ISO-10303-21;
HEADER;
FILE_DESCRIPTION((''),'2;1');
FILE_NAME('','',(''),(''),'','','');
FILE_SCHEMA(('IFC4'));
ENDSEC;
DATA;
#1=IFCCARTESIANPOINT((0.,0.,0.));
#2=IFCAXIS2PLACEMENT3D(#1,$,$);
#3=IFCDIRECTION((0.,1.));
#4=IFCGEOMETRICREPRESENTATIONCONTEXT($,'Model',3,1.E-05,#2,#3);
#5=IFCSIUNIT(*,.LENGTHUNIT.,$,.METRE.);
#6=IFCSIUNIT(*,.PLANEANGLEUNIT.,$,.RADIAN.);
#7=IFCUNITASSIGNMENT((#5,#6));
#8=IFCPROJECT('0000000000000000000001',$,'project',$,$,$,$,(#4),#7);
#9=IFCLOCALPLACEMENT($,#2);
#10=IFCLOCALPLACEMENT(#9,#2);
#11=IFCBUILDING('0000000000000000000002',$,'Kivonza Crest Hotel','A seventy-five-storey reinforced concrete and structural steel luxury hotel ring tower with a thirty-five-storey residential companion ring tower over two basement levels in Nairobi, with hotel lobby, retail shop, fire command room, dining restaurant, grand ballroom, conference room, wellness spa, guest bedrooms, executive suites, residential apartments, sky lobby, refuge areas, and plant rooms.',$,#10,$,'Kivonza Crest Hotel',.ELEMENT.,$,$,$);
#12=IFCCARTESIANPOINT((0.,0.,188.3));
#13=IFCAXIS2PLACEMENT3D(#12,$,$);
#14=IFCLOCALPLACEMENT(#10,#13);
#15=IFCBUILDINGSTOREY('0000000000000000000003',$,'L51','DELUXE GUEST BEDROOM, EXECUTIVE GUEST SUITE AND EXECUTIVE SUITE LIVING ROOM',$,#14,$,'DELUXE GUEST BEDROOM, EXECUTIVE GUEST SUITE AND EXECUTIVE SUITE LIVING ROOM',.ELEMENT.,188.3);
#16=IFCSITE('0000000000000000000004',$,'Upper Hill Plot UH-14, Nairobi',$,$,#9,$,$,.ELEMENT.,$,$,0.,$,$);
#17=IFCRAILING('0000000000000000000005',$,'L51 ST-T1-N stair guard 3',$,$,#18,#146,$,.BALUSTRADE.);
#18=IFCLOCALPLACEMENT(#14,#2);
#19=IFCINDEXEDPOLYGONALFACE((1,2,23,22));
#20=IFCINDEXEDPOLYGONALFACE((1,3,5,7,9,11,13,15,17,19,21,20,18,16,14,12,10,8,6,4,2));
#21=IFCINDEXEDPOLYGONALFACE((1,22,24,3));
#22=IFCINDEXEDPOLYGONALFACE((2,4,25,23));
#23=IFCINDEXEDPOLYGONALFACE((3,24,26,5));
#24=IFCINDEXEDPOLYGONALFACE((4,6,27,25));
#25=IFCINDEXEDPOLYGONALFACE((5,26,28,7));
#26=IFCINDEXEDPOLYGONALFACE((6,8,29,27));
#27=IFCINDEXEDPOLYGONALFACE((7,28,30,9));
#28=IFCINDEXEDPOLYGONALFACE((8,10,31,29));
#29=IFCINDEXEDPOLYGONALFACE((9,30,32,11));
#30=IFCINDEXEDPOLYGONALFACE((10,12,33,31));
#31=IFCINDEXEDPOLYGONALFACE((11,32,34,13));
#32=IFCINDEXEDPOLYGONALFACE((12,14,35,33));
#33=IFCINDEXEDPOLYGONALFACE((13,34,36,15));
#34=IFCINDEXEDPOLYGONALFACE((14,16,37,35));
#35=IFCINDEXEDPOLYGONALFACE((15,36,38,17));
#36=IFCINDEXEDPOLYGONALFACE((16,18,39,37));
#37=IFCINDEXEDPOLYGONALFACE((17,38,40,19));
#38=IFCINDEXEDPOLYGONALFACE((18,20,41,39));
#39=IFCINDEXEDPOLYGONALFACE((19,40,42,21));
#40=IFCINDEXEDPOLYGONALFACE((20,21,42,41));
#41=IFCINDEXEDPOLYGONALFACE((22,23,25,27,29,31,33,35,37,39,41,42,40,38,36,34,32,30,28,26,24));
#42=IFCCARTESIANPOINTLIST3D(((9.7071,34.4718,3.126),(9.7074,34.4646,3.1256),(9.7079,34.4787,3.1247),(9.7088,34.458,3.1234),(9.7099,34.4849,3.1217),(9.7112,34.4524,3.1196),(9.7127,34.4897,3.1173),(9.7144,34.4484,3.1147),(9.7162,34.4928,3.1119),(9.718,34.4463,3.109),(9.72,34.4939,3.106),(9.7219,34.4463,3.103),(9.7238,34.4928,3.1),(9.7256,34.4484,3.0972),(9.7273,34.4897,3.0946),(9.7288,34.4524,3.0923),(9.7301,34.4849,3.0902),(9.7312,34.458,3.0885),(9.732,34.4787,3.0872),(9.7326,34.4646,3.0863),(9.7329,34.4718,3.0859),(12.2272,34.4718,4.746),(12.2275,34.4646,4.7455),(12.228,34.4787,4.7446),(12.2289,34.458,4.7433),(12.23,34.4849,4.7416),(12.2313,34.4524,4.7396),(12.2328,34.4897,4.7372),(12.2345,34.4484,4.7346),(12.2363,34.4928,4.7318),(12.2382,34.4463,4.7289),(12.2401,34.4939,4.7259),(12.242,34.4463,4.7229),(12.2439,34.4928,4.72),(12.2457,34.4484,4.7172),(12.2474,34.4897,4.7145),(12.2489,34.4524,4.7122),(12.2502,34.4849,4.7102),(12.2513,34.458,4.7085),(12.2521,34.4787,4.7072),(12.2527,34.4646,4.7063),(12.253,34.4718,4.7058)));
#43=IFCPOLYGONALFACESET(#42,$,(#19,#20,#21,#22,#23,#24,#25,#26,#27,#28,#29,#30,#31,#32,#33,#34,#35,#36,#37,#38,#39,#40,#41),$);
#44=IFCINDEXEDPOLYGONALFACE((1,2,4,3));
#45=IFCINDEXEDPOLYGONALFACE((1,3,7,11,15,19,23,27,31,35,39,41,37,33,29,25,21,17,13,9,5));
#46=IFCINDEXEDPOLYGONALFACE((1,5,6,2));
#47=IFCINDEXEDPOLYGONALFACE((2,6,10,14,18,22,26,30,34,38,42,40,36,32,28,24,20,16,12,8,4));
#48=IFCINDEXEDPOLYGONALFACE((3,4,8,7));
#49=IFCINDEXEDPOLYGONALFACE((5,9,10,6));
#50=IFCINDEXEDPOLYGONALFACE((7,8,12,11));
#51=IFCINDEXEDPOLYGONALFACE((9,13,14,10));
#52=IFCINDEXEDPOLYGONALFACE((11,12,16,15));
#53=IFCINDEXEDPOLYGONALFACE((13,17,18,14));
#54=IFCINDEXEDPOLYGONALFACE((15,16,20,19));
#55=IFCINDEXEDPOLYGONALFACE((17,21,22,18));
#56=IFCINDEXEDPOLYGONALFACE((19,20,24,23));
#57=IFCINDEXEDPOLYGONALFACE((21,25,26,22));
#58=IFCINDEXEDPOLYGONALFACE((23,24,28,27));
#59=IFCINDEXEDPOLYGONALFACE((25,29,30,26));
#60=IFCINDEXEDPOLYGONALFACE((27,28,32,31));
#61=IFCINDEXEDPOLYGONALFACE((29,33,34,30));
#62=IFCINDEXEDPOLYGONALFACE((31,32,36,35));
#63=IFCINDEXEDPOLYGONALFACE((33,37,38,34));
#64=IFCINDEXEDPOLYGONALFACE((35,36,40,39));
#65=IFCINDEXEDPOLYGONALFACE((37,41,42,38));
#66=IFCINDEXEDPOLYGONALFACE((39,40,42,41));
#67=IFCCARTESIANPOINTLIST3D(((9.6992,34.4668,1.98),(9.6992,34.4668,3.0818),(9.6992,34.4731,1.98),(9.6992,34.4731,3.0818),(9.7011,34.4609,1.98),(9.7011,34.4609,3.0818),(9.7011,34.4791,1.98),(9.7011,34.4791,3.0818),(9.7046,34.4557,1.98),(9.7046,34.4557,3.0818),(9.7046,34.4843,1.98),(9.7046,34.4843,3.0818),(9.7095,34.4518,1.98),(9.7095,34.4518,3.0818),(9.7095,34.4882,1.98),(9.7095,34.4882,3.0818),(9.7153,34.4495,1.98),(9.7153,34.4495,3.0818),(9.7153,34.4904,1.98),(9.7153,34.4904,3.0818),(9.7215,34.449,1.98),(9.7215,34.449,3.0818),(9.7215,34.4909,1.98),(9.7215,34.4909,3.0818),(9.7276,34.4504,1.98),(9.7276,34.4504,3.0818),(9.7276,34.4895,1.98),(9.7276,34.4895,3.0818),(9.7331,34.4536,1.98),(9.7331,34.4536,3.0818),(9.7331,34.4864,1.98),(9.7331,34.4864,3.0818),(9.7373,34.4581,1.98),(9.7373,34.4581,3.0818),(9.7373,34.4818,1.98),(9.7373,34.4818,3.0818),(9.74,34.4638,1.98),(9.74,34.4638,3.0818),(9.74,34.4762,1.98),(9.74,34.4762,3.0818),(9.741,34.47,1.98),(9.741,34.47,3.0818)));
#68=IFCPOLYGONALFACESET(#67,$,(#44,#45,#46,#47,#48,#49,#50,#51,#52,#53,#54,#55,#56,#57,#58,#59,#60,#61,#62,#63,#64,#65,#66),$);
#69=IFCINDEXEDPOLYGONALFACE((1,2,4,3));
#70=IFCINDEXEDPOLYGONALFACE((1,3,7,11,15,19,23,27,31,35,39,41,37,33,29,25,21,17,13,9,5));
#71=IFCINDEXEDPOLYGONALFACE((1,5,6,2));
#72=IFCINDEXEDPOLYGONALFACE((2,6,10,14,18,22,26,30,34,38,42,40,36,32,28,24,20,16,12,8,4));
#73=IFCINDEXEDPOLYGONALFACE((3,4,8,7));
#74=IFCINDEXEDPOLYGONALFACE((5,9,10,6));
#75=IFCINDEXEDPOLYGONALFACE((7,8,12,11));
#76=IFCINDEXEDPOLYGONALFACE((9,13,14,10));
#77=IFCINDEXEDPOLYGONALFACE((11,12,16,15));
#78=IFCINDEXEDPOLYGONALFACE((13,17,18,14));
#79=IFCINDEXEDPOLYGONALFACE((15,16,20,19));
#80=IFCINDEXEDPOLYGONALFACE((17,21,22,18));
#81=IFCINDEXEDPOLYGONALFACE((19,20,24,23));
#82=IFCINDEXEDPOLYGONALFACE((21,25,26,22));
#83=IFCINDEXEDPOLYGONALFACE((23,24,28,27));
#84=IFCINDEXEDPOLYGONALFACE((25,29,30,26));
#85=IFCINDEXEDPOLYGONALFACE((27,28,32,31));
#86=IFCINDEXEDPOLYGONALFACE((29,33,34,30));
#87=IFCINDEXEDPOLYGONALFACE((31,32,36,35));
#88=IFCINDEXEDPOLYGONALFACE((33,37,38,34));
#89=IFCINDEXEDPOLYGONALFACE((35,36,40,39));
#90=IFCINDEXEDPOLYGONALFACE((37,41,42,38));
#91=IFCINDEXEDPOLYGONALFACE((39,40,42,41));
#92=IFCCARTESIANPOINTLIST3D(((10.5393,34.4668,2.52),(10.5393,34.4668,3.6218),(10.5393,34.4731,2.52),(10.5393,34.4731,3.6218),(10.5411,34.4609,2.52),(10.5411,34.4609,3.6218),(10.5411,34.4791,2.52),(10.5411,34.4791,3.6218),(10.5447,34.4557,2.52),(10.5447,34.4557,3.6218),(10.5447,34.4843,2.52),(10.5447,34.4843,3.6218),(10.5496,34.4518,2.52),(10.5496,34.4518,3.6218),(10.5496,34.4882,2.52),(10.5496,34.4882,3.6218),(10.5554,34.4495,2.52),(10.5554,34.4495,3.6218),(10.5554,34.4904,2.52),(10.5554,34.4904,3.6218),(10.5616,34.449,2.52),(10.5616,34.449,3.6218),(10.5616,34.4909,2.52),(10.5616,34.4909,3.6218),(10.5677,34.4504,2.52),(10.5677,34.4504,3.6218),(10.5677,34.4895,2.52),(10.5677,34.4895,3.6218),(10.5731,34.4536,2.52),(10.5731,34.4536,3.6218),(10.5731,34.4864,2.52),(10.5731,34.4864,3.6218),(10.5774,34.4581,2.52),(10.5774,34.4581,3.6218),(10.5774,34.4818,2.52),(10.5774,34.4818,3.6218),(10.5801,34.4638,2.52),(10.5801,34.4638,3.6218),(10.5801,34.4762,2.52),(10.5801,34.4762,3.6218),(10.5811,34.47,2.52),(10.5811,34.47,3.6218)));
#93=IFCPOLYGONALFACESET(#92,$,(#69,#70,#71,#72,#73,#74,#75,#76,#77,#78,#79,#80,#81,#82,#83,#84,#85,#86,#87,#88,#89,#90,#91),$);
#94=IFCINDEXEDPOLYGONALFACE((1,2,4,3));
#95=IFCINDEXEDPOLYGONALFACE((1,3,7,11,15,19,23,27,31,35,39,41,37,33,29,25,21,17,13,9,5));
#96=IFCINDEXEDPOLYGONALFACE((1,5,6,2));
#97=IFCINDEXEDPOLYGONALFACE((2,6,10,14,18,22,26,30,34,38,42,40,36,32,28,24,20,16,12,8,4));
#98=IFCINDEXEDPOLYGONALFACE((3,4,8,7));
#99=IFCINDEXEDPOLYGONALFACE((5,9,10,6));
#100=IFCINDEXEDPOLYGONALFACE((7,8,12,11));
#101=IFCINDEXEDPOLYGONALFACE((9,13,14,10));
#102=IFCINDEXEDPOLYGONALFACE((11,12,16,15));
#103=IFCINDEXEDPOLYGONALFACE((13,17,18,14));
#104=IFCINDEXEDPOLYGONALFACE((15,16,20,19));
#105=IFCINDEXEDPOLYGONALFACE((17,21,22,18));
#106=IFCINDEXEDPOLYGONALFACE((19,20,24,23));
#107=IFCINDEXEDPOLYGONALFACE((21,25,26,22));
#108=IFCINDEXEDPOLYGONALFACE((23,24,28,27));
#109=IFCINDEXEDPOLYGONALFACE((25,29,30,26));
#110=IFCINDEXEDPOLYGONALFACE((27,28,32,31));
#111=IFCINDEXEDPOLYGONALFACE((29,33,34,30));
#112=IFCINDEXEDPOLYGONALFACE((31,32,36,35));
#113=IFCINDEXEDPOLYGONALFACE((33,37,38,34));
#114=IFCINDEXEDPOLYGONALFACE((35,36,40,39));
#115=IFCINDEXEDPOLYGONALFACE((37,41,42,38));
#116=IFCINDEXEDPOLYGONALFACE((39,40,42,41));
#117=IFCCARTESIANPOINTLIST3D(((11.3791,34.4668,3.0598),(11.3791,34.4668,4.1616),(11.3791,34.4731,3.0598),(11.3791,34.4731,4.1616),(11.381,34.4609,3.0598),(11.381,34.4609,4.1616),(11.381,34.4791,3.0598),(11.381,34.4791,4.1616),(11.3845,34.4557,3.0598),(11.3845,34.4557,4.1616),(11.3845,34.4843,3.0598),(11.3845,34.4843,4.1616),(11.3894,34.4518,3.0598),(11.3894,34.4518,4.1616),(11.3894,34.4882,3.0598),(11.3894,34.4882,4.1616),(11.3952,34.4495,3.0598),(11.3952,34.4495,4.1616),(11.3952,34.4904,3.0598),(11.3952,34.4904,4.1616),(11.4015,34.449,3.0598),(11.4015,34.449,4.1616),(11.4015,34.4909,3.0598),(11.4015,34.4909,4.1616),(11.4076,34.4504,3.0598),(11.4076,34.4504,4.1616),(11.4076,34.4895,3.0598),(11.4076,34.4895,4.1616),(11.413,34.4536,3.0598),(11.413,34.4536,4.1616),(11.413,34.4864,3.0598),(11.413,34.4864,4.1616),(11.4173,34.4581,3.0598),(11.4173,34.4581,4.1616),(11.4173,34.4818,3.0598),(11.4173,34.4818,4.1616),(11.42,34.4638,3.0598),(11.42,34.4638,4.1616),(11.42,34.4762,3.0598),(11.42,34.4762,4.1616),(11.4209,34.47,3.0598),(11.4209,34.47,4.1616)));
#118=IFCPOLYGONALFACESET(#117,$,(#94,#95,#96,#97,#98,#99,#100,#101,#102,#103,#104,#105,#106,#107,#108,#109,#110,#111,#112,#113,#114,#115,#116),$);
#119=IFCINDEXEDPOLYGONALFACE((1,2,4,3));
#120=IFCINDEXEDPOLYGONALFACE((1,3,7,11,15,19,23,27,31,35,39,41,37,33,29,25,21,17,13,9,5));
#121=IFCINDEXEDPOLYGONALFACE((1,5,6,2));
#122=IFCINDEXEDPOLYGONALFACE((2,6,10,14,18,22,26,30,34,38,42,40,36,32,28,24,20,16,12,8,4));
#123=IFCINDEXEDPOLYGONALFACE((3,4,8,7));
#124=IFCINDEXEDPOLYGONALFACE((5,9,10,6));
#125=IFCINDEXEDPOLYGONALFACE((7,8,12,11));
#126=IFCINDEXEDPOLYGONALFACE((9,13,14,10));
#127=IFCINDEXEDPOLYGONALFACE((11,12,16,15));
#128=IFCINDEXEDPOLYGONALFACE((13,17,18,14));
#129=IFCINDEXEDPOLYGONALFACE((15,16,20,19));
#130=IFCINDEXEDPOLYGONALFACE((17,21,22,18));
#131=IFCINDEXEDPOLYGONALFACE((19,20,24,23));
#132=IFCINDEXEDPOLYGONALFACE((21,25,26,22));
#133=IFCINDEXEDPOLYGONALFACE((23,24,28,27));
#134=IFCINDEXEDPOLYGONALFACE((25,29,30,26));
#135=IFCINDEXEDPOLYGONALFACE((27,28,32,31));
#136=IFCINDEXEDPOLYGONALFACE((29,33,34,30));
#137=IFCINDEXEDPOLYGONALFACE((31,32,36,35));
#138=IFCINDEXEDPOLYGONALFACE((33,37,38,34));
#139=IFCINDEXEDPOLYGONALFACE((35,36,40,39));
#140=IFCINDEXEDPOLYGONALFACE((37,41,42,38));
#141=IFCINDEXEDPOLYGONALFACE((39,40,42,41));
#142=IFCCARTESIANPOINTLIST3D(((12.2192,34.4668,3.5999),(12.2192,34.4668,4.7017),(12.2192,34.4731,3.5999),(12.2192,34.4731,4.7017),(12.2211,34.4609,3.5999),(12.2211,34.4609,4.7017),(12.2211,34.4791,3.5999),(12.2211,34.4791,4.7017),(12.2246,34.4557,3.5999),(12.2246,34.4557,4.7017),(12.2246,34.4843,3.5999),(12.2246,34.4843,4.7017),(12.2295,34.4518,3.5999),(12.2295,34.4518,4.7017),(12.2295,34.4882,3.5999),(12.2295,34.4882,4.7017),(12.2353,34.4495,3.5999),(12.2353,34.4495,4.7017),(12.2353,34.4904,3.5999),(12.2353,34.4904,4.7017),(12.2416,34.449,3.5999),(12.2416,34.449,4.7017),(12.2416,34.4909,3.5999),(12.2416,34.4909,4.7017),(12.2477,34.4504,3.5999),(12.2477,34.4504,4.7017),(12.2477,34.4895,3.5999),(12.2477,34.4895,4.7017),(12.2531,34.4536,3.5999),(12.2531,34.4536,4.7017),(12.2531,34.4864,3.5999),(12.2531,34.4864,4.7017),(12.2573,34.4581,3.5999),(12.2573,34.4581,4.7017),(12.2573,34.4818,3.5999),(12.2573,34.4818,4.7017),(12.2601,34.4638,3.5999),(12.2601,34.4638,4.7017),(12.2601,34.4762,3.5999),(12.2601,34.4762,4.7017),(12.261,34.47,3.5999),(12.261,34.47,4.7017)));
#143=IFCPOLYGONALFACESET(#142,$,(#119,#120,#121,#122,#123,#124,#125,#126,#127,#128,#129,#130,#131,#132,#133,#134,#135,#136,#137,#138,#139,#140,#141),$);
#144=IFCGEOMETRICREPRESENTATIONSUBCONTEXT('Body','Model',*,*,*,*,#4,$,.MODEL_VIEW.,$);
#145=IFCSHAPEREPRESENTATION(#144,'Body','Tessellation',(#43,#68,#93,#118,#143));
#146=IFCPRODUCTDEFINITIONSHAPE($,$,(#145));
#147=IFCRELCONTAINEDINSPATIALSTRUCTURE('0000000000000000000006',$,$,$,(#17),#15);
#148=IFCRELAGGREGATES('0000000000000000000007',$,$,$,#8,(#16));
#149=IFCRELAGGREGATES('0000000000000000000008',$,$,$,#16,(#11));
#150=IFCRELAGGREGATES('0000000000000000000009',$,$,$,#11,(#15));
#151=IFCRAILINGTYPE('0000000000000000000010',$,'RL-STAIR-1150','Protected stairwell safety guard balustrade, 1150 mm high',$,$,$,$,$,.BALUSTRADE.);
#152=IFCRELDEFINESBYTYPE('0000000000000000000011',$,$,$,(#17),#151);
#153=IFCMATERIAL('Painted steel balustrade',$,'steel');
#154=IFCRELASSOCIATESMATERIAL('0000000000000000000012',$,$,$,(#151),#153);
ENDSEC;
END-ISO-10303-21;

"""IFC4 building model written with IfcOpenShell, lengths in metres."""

from ifc_helpers import new_model, si_unit, direction, frame, origin, origin_2d, place, context, subcontext, project, spatial, circle, extrude, material, type_object, element, save


model = new_model("IFC4")

# Units and contexts
model_context = context("Model", 3, precision=1e-05, world=origin(), true_north=direction((0.0, 1.0)))
body_context = subcontext(model_context, "Body", "Model", "MODEL_VIEW")
ifc_project = project(units=[si_unit("LENGTHUNIT", "METRE"), si_unit("PLANEANGLEUNIT", "RADIAN")], contexts=[model_context])

# Site, building, storey
site_placement = place(None, origin())
site = spatial("IfcSite", under=ifc_project, at=site_placement, Name="Upper Hill Plot UH-14, Nairobi", CompositionType="ELEMENT", RefElevation=0.0)
building_placement = place(site_placement, origin())
building = spatial("IfcBuilding", under=site, at=building_placement, Name="Kivonza Crest Hotel", Description="A seventy-five-storey reinforced concrete and structural steel luxury hotel ring tower with a thirty-five-storey residential companion ring tower over two basement levels in Nairobi, with hotel lobby, retail shop, fire command room, dining restaurant, grand ballroom, conference room, wellness spa, guest bedrooms, executive suites, residential apartments, sky lobby, refuge areas, and plant rooms.", LongName="Kivonza Crest Hotel", CompositionType="ELEMENT")
storey_placement = place(building_placement, frame((0.0, 0.0, 188.3)))
storey = spatial("IfcBuildingStorey", under=building, at=storey_placement, Name="L51", Description="DELUXE GUEST BEDROOM, EXECUTIVE GUEST SUITE AND EXECUTIVE SUITE LIVING ROOM", LongName="DELUXE GUEST BEDROOM, EXECUTIVE GUEST SUITE AND EXECUTIVE SUITE LIVING ROOM", CompositionType="ELEMENT", Elevation=188.3)

# Railing
ifc_material_1 = material(Name="Painted steel balustrade", Category="steel")
railing_type_1 = type_object("IfcRailingType", Name="RL-STAIR-1150", Description="Protected stairwell safety guard balustrade, 1150 mm high", PredefinedType="BALUSTRADE", material=ifc_material_1)
railing_1_placement = place(storey_placement, frame((9.72, 34.47, 1.98)))
element("IfcRailing", 1, at=railing_1_placement, inside=storey, type_object=railing_type_1, Name="L51 ST-T1-N stair guard 3", PredefinedType="BALUSTRADE", context=body_context, shape_type="SweptSolid", body=[
    extrude(circle(Radius=0.0239, at=origin_2d()), frame((0.0, 0.0, 1.126), z_axis=(0.8412, 0.0, 0.540725), x_axis=(0.0, 1.0, 0.0)), (0.0, 0.0, 1.0), 2.9958),
    extrude(circle(Radius=0.021, at=origin_2d()), origin(), (0.0, 0.0, 1.0), 1.1018),
    extrude(circle(Radius=0.021, at=origin_2d()), frame((0.8401, 0.0, 0.54)), (0.0, 0.0, 1.0), 1.1018),
    extrude(circle(Radius=0.021, at=origin_2d()), frame((1.6799, 0.0, 1.0798)), (0.0, 0.0, 1.0), 1.1018),
    extrude(circle(Radius=0.021, at=origin_2d()), frame((2.52, 0.0, 1.6199)), (0.0, 0.0, 1.0), 1.1018),
])

save(model, "model.ifc")
